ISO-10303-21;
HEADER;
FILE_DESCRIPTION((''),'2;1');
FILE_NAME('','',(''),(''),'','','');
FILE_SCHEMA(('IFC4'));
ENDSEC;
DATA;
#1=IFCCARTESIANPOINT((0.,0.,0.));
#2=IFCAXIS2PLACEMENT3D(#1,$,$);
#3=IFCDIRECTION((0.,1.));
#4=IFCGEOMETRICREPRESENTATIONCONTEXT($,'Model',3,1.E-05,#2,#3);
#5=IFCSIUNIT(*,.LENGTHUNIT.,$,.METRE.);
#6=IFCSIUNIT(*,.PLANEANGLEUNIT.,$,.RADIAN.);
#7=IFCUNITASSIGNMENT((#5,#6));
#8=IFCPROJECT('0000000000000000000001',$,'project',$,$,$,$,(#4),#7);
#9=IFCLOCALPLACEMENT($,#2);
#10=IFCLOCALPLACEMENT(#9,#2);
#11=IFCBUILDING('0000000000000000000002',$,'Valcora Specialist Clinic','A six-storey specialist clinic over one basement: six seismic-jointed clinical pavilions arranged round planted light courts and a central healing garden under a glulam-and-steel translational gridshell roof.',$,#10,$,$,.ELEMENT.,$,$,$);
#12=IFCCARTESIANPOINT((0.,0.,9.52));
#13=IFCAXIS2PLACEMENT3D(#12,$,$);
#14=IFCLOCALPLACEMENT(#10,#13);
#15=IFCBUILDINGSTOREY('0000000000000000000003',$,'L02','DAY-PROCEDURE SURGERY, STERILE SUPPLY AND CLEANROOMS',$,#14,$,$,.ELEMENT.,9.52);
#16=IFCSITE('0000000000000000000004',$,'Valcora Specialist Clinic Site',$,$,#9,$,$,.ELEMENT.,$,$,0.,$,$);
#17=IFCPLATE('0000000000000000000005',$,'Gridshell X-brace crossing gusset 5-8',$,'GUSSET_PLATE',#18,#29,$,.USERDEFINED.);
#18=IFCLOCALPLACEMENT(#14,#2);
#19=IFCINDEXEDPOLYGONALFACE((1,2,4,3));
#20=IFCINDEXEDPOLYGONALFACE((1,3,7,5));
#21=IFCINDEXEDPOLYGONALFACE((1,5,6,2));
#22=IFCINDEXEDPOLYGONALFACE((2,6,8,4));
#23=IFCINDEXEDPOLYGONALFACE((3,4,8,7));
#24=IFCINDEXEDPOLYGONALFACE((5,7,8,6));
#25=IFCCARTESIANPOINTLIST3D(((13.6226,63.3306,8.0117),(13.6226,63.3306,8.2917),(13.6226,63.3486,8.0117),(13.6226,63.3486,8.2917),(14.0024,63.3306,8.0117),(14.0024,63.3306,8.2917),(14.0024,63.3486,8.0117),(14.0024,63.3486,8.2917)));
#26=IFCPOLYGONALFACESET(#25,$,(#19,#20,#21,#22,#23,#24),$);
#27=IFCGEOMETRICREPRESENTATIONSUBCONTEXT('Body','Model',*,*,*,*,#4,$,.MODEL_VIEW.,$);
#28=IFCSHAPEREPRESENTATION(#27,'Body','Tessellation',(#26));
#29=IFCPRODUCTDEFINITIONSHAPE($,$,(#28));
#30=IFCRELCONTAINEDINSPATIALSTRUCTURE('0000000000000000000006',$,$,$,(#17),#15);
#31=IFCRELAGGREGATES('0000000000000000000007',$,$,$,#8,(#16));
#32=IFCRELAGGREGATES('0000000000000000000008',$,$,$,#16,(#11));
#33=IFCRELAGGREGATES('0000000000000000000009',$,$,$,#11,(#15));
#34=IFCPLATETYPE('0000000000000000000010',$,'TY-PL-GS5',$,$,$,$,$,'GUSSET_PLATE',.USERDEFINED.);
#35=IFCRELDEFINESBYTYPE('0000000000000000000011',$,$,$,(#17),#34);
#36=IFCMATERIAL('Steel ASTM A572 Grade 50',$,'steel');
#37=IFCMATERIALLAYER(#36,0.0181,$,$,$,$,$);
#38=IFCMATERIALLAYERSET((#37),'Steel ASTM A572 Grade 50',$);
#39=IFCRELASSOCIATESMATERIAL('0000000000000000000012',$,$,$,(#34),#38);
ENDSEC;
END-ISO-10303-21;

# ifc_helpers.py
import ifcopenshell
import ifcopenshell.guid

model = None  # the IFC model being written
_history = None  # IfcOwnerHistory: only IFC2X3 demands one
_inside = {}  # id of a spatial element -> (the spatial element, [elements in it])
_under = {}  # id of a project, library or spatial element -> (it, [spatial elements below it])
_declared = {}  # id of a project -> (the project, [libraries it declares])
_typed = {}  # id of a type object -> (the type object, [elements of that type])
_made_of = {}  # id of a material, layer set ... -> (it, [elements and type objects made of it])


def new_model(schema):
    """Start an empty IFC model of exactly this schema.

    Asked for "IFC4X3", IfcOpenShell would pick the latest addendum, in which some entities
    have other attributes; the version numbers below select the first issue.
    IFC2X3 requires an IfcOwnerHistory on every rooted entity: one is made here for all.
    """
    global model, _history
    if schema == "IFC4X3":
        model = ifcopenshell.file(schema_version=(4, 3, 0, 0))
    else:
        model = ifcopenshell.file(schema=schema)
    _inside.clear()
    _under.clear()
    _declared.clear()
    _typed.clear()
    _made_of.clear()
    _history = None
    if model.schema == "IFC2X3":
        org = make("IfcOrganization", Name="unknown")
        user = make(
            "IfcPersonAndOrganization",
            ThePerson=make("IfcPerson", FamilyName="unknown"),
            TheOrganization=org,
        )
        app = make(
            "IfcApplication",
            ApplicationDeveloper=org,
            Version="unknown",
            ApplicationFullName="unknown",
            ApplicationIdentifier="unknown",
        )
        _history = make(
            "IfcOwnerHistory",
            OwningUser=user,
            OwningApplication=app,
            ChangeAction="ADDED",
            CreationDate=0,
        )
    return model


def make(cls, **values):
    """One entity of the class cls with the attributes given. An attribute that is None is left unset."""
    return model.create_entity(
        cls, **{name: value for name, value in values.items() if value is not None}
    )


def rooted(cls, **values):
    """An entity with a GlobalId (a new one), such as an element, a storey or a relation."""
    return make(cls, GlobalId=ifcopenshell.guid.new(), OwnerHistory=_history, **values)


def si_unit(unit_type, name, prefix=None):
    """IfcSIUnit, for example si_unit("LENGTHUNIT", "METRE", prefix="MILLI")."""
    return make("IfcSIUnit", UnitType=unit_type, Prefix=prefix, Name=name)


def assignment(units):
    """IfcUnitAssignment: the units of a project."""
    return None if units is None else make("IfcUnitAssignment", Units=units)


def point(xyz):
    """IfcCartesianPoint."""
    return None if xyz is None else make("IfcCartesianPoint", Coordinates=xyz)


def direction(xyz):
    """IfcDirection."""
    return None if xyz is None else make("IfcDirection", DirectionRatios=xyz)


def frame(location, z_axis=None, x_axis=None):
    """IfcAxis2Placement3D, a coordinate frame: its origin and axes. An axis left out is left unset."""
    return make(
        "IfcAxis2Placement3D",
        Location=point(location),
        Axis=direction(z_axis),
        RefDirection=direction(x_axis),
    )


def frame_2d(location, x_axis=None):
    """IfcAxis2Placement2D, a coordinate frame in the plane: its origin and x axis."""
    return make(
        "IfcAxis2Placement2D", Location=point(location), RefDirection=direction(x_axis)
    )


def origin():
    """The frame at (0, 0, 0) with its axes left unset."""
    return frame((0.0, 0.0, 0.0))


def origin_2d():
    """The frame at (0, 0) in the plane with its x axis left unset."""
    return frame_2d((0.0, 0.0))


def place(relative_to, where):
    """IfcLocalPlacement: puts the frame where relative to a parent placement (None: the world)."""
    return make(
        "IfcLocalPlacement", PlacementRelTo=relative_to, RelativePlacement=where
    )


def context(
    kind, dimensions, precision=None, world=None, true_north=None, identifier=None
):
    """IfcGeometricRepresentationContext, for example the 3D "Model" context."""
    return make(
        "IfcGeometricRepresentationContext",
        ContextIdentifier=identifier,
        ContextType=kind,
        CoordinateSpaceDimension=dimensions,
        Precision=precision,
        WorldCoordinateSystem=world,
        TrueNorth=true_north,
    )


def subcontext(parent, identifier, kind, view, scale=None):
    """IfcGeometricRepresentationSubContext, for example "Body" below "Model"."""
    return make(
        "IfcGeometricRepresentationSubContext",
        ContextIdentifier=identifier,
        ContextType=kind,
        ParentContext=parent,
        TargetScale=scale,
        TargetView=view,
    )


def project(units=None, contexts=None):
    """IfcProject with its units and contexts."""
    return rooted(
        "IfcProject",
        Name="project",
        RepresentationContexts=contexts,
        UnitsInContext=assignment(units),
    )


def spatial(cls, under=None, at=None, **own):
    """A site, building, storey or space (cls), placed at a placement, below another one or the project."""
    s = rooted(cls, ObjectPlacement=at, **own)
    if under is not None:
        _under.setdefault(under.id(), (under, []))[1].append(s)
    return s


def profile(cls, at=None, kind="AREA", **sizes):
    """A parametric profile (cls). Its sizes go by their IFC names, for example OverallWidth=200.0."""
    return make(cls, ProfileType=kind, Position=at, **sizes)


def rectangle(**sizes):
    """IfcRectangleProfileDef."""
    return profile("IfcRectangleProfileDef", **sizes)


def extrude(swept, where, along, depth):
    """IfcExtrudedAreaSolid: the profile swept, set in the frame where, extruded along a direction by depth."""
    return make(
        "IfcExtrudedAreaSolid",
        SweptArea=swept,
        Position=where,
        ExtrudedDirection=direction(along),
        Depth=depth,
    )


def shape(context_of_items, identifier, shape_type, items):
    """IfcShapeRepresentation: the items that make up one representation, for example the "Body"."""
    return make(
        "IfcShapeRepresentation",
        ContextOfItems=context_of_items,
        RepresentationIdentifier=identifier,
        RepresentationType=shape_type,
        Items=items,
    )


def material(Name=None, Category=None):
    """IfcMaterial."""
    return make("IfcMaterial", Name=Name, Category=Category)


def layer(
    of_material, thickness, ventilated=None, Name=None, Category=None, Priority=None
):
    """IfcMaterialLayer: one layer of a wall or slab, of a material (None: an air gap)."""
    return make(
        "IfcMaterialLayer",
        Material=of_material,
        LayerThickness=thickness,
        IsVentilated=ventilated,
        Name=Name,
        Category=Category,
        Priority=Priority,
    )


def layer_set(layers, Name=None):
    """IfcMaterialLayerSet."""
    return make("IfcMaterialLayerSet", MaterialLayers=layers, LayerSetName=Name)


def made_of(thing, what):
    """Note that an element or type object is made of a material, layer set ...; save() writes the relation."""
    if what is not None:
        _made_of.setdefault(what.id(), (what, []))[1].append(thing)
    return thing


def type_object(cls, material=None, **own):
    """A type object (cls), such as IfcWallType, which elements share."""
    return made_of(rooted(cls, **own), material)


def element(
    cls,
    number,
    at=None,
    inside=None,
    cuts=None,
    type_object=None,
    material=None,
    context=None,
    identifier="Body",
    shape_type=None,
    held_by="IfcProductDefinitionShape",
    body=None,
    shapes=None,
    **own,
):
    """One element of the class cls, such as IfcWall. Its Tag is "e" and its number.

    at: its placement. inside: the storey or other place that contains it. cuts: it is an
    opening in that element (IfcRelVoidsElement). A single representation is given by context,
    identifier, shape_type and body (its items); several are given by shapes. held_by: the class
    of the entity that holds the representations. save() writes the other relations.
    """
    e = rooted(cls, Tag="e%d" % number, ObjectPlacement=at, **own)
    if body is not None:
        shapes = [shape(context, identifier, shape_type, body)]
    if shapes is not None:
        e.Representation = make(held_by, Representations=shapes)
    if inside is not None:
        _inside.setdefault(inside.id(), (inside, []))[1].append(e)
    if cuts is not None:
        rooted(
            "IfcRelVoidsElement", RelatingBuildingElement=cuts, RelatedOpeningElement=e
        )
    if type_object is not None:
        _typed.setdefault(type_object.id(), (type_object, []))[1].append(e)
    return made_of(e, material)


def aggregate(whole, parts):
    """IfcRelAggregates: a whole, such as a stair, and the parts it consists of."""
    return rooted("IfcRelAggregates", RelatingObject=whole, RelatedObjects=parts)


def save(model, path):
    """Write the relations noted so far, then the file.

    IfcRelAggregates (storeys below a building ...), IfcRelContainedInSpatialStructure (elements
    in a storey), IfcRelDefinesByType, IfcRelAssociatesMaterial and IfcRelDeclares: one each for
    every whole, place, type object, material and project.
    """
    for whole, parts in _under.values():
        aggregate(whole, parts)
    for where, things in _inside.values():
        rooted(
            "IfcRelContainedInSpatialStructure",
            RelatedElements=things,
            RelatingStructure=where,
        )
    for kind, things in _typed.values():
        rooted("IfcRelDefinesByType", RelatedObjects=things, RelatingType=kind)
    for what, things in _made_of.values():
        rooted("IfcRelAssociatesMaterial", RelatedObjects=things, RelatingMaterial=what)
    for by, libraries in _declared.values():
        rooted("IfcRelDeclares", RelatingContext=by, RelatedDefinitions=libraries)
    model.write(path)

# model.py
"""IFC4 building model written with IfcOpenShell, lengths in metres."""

from ifc_helpers import new_model, si_unit, direction, frame, origin, origin_2d, place, context, subcontext, project, spatial, rectangle, extrude, material, layer, layer_set, type_object, element, save


model = new_model("IFC4")

# Units and contexts
model_context = context("Model", 3, precision=1e-05, world=origin(), true_north=direction((0.0, 1.0)))
body_context = subcontext(model_context, "Body", "Model", "MODEL_VIEW")
ifc_project = project(units=[si_unit("LENGTHUNIT", "METRE"), si_unit("PLANEANGLEUNIT", "RADIAN")], contexts=[model_context])

# Site, building, storey
site_placement = place(None, origin())
site = spatial("IfcSite", under=ifc_project, at=site_placement, Name="Valcora Specialist Clinic Site", CompositionType="ELEMENT", RefElevation=0.0)
building_placement = place(site_placement, origin())
building = spatial("IfcBuilding", under=site, at=building_placement, Name="Valcora Specialist Clinic", Description="A six-storey specialist clinic over one basement: six seismic-jointed clinical pavilions arranged round planted light courts and a central healing garden under a glulam-and-steel translational gridshell roof.", CompositionType="ELEMENT")
storey_placement = place(building_placement, frame((0.0, 0.0, 9.52)))
storey = spatial("IfcBuildingStorey", under=building, at=storey_placement, Name="L02", Description="DAY-PROCEDURE SURGERY, STERILE SUPPLY AND CLEANROOMS", CompositionType="ELEMENT", Elevation=9.52)

# Plate
ifc_material_1 = material(Name="Steel ASTM A572 Grade 50", Category="steel")
ifc_layer_1 = layer(ifc_material_1, 0.0181)
ifc_layer_set_1 = layer_set([ifc_layer_1], Name="Steel ASTM A572 Grade 50")
plate_type_1 = type_object("IfcPlateType", Name="TY-PL-GS5", ElementType="GUSSET_PLATE", PredefinedType="USERDEFINED", material=ifc_layer_set_1)
for number, where, z_axis, x_axis, name in (
    (1, (13.8125, 63.3396, 8.0117), (0.0, 0.0, 1.0), (1.0, 0.0, 0.0), "Gridshell X-brace crossing gusset 5-8"),
):
    element("IfcPlate", number, at=place(storey_placement, frame(where, z_axis=z_axis, x_axis=x_axis)), inside=storey, type_object=plate_type_1, Name=name, ObjectType="GUSSET_PLATE", PredefinedType="USERDEFINED", context=body_context, shape_type="SweptSolid", body=[
        extrude(rectangle(XDim=0.3799, YDim=0.0181, at=origin_2d()), origin(), (0.0, 0.0, 1.0), 0.28),
    ])

save(model, "model.ifc")
